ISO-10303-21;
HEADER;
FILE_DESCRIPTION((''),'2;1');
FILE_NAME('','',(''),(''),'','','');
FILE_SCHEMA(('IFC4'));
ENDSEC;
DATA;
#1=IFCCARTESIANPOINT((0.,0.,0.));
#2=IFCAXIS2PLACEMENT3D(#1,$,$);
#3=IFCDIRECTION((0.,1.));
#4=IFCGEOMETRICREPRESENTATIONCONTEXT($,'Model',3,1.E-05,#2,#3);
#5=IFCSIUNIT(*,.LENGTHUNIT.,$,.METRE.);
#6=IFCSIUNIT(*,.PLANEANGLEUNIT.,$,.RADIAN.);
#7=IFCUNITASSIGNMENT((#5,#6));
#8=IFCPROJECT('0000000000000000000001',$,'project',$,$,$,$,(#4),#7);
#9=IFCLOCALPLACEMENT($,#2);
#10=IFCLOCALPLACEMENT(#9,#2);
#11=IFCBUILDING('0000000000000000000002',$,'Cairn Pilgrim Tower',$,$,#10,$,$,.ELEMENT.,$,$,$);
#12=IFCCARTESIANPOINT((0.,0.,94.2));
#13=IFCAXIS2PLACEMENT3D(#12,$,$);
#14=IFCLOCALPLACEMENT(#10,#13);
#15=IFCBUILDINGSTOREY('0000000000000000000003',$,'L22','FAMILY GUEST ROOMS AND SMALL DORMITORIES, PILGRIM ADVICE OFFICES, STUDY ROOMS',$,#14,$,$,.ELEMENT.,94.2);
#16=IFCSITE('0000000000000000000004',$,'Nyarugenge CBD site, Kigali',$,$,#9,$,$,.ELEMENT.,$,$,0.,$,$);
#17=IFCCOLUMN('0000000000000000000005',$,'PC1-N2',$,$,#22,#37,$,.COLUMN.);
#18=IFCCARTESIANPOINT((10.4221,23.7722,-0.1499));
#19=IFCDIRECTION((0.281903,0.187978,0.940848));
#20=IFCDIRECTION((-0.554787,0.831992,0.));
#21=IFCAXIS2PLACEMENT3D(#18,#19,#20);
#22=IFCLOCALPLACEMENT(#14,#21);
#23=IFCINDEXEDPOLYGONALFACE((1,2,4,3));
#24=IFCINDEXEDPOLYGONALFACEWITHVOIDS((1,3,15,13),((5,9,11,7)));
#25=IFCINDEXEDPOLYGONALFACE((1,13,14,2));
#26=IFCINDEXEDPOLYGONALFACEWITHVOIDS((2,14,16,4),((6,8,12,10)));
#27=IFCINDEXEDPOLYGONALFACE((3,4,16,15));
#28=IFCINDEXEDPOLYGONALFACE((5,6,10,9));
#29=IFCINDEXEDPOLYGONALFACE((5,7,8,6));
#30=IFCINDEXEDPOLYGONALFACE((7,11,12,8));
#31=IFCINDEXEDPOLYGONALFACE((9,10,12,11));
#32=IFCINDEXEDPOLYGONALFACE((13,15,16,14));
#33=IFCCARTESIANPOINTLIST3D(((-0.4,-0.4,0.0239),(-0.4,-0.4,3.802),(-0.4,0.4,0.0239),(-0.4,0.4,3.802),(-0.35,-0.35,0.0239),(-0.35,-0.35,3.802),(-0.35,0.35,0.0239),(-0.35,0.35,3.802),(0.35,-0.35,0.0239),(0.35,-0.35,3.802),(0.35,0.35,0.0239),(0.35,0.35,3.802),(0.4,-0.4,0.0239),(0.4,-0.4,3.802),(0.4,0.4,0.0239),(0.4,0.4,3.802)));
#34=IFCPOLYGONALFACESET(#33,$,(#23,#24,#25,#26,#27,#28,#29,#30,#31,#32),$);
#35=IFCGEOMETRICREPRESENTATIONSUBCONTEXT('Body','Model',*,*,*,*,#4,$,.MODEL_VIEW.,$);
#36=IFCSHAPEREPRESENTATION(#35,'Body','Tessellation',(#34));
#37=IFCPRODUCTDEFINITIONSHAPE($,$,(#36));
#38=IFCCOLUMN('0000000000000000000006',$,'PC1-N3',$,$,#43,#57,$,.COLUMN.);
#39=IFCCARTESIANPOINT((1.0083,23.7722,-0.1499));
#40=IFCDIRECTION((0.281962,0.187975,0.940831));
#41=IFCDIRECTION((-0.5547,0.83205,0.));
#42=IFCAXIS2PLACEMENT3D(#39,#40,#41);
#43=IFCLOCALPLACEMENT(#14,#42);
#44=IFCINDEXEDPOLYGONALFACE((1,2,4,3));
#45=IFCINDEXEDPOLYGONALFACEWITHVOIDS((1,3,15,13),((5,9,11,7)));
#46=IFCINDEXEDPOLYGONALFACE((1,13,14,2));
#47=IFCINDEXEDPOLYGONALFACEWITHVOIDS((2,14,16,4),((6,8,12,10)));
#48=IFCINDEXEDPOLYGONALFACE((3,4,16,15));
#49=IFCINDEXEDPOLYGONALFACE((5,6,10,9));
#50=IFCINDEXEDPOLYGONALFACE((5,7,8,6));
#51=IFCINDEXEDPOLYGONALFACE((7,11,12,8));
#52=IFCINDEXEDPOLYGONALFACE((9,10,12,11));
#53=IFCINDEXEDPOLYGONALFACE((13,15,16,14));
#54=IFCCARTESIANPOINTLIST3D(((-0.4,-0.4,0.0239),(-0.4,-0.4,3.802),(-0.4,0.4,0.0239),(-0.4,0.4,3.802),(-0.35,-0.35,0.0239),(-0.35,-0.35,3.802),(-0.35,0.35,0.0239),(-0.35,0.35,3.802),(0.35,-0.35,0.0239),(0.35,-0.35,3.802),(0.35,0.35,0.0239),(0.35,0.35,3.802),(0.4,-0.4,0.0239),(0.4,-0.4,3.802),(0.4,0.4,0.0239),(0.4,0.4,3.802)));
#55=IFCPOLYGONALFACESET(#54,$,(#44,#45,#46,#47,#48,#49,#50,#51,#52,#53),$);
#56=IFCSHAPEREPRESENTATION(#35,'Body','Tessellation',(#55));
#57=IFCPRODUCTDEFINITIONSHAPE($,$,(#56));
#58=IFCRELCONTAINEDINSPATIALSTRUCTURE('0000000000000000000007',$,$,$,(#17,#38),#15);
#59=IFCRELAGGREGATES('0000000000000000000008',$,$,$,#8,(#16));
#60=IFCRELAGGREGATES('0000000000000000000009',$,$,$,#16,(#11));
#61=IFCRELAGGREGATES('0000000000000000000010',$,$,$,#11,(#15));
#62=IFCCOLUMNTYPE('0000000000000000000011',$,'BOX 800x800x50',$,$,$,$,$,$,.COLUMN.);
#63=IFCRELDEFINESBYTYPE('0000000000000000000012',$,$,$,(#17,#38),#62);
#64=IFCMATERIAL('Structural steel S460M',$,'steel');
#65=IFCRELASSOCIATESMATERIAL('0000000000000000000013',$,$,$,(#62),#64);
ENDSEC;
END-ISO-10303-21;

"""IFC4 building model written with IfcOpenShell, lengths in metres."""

from ifc_helpers import new_model, si_unit, direction, frame, origin, origin_2d, place, context, subcontext, project, spatial, hollow_rectangle, extrude, clip, halfspace, material, material_profile, profile_set, type_object, element, save


model = new_model("IFC4")

# Units and contexts
model_context = context("Model", 3, precision=1e-05, world=origin(), true_north=direction((0.0, 1.0)))
body_context = subcontext(model_context, "Body", "Model", "MODEL_VIEW")
ifc_project = project(units=[si_unit("LENGTHUNIT", "METRE"), si_unit("PLANEANGLEUNIT", "RADIAN")], contexts=[model_context])

# Site, building, storey
site_placement = place(None, origin())
site = spatial("IfcSite", under=ifc_project, at=site_placement, Name="Nyarugenge CBD site, Kigali", CompositionType="ELEMENT", RefElevation=0.0)
building_placement = place(site_placement, origin())
building = spatial("IfcBuilding", under=site, at=building_placement, Name="Cairn Pilgrim Tower", CompositionType="ELEMENT")
storey_placement = place(building_placement, frame((0.0, 0.0, 94.2)))
storey = spatial("IfcBuildingStorey", under=building, at=storey_placement, Name="L22", Description="FAMILY GUEST ROOMS AND SMALL DORMITORIES, PILGRIM ADVICE OFFICES, STUDY ROOMS", CompositionType="ELEMENT", Elevation=94.2)

# Columns
ifc_material_1 = material(Name="Structural steel S460M", Category="steel")
ifc_material_profile_1 = material_profile(ifc_material_1, hollow_rectangle(XDim=0.8, YDim=0.8, WallThickness=0.05, at=origin_2d()), Name="BOX 800x800x50")
ifc_profile_set_1 = profile_set([ifc_material_profile_1], Name="Structural steel S460M")
column_type_1 = type_object("IfcColumnType", Name="BOX 800x800x50", PredefinedType="COLUMN", material=ifc_profile_set_1)
for number, where, z_axis, x_axis, name in (
    (1, (10.4221, 23.7722, -0.1499), (0.281903, 0.187978, 0.940848), (-0.554787, 0.831992, 0.0), "PC1-N2"),
    (2, (1.0083, 23.7722, -0.1499), (0.281962, 0.187975, 0.940831), (-0.5547, 0.83205, 0.0), "PC1-N3"),
):
    element("IfcColumn", number, at=place(storey_placement, frame(where, z_axis=z_axis, x_axis=x_axis)), inside=storey, type_object=column_type_1, Name=name, PredefinedType="COLUMN", context=body_context, shape_type="Clipping", body=[
        clip(clip(extrude(hollow_rectangle(XDim=0.8, YDim=0.8, WallThickness=0.05, at=origin_2d()), origin(), (0.0, 0.0, 1.0), 3.8262), halfspace(frame((0.0, 0.0, 0.0239), z_axis=(0.0, 0.0, 1.0), x_axis=(1.0, 0.0, 0.0)), True)), halfspace(frame((0.0, 0.0, 3.802), z_axis=(0.0, 0.0, 1.0), x_axis=(1.0, 0.0, 0.0)), False)),
    ])

save(model, "model.ifc")
